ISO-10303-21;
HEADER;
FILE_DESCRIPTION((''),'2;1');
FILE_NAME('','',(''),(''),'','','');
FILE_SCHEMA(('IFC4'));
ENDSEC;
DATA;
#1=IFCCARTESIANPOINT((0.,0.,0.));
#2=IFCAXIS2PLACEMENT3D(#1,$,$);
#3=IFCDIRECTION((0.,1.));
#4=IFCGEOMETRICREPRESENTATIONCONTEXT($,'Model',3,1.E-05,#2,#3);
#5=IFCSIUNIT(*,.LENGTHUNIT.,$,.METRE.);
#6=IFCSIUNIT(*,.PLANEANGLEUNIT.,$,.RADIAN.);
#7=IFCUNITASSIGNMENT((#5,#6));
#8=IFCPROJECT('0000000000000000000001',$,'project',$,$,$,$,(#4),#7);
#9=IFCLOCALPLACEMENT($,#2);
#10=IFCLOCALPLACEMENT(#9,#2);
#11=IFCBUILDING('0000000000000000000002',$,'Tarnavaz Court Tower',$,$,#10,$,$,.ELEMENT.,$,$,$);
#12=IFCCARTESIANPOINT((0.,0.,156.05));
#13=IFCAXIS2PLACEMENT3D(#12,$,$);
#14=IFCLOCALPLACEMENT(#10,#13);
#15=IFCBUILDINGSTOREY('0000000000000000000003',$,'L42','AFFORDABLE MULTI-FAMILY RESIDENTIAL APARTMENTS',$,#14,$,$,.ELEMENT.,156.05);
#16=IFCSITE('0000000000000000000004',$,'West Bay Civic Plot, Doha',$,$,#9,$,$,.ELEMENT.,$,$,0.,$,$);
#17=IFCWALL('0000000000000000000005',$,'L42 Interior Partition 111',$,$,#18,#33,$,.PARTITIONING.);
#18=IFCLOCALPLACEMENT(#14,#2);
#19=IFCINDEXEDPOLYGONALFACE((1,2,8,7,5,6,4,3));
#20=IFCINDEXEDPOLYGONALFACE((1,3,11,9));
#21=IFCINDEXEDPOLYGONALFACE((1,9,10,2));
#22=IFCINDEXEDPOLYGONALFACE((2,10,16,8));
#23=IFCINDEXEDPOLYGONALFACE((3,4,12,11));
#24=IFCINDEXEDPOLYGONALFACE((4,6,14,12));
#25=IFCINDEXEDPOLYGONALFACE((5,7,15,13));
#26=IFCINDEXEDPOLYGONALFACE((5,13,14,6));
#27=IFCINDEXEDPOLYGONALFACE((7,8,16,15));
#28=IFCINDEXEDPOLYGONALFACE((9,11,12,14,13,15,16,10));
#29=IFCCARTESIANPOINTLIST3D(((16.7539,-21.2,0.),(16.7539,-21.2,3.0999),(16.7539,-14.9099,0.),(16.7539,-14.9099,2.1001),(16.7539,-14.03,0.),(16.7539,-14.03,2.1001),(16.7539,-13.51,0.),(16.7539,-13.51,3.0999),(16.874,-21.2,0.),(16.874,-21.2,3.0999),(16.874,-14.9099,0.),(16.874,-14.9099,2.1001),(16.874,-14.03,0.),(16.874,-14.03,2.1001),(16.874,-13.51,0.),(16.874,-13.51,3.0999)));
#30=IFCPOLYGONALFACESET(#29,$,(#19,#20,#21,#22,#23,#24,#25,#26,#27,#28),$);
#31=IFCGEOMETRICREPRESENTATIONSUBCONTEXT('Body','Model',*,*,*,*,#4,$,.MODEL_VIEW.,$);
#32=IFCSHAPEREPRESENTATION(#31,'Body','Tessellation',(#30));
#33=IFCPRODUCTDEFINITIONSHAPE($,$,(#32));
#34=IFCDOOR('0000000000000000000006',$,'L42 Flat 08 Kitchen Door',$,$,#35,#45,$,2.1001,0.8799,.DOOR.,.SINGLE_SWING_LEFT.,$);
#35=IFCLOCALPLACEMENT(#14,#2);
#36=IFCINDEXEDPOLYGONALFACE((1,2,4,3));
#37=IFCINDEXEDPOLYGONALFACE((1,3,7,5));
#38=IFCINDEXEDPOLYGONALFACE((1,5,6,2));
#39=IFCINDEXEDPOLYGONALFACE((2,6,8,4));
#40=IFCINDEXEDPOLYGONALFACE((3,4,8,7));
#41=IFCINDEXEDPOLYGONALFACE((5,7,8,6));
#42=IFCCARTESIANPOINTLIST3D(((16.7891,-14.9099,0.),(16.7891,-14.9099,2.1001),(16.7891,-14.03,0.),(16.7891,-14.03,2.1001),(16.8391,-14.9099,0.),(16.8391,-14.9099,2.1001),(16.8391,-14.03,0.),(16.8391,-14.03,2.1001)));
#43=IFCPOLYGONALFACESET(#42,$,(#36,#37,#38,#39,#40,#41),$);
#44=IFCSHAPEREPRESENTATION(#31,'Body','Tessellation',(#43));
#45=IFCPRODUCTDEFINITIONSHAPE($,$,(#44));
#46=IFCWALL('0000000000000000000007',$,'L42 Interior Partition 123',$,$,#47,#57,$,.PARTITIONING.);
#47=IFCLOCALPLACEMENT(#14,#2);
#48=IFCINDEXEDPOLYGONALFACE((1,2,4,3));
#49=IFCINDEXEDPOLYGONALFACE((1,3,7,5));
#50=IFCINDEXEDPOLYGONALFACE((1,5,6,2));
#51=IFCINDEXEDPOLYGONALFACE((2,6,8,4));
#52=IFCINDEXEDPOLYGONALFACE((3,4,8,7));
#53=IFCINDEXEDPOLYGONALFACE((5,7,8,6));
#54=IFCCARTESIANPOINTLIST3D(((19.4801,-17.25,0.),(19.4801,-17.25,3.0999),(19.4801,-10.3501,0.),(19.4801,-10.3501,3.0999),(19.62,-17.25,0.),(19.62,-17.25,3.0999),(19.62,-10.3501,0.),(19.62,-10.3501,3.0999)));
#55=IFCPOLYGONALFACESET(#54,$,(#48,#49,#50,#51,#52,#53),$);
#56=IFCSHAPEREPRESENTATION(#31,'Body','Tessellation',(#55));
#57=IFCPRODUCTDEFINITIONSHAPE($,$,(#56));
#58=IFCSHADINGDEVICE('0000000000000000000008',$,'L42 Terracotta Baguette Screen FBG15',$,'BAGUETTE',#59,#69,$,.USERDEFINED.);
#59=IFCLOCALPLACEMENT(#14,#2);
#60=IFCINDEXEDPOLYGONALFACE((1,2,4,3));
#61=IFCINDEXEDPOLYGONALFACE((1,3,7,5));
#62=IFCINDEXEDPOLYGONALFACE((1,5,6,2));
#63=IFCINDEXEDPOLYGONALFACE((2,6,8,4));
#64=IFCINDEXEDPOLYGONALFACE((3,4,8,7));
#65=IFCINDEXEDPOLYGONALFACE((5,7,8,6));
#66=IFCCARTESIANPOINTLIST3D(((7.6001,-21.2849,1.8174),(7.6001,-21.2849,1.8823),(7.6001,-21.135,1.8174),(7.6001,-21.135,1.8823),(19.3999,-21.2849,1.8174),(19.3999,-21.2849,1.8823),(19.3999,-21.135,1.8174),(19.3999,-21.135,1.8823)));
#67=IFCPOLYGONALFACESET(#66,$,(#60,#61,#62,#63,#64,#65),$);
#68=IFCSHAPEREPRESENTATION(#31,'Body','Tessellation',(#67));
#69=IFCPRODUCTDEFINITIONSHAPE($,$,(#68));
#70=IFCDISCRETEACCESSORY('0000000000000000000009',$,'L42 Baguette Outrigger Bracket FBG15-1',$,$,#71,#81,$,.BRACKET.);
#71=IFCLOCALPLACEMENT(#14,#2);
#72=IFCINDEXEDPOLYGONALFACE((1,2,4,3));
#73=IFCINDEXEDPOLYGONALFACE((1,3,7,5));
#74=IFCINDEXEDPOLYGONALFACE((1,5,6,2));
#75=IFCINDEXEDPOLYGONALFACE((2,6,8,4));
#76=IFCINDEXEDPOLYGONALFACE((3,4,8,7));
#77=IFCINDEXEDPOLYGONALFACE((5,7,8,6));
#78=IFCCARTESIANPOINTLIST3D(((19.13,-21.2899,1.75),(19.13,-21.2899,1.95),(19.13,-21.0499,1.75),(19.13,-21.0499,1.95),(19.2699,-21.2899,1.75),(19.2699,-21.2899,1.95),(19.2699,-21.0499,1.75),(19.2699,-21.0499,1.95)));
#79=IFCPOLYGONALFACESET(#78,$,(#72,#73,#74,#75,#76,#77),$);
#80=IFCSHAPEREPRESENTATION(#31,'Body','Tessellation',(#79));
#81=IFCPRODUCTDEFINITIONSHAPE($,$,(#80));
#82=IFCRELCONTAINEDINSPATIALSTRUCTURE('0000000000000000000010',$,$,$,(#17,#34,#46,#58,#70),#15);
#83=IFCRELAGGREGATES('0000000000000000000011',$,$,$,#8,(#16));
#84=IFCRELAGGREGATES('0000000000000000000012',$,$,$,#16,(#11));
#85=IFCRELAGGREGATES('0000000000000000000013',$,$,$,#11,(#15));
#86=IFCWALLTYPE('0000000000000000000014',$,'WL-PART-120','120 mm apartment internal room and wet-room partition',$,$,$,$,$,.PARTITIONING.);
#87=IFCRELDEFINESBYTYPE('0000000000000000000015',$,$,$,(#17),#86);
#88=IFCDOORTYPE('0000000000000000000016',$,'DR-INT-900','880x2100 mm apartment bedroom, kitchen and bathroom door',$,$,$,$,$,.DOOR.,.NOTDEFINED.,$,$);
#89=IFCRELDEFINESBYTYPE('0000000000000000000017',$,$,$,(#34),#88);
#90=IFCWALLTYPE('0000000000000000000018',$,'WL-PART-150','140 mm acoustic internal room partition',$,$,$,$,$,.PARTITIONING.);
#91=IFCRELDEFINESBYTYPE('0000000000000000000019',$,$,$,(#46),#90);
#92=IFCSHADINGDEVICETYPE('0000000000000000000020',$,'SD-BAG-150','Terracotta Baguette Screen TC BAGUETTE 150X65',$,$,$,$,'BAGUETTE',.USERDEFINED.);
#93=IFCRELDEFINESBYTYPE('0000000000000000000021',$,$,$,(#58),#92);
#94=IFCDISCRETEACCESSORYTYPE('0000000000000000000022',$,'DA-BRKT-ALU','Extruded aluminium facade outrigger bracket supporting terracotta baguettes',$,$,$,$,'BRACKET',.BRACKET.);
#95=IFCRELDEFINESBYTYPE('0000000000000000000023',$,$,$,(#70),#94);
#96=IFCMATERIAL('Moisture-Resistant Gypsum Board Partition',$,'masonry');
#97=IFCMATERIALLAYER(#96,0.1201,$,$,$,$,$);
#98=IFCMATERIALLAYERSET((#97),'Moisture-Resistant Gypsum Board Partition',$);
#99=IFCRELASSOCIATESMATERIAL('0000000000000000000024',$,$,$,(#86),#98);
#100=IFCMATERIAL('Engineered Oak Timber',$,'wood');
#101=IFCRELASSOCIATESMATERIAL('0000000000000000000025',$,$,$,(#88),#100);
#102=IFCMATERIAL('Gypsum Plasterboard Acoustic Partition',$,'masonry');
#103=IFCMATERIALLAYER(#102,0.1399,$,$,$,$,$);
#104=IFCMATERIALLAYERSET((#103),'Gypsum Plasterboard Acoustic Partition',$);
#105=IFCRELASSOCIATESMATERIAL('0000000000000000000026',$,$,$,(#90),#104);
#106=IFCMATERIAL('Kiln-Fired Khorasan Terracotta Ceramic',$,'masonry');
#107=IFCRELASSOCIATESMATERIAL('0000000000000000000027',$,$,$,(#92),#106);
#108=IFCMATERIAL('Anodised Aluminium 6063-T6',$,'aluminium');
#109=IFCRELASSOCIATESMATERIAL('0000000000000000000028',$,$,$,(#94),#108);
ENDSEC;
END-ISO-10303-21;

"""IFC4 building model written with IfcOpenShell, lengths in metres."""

from ifc_helpers import new_model, si_unit, direction, frame, frame_2d, origin, origin_2d, place, context, subcontext, project, spatial, rectangle, extrude, material, layer, layer_set, material_profile, profile_set, type_object, element, fill, save


model = new_model("IFC4")

# Units and contexts
model_context = context("Model", 3, precision=1e-05, world=origin(), true_north=direction((0.0, 1.0)))
body_context = subcontext(model_context, "Body", "Model", "MODEL_VIEW")
ifc_project = project(units=[si_unit("LENGTHUNIT", "METRE"), si_unit("PLANEANGLEUNIT", "RADIAN")], contexts=[model_context])

# Site, building, storey
site_placement = place(None, origin())
site = spatial("IfcSite", under=ifc_project, at=site_placement, Name="West Bay Civic Plot, Doha", CompositionType="ELEMENT", RefElevation=0.0)
building_placement = place(site_placement, origin())
building = spatial("IfcBuilding", under=site, at=building_placement, Name="Tarnavaz Court Tower", CompositionType="ELEMENT")
storey_placement = place(building_placement, frame((0.0, 0.0, 156.05)))
storey = spatial("IfcBuildingStorey", under=building, at=storey_placement, Name="L42", Description="AFFORDABLE MULTI-FAMILY RESIDENTIAL APARTMENTS", CompositionType="ELEMENT", Elevation=156.05)

# Wall, opening, door
ifc_material_1 = material(Name="Moisture-Resistant Gypsum Board Partition", Category="masonry")
ifc_layer_1 = layer(ifc_material_1, 0.1201)
ifc_layer_set_1 = layer_set([ifc_layer_1], Name="Moisture-Resistant Gypsum Board Partition")
wall_type_1 = type_object("IfcWallType", Name="WL-PART-120", Description="120 mm apartment internal room and wet-room partition", PredefinedType="PARTITIONING", material=ifc_layer_set_1)
ifc_material_2 = material(Name="Engineered Oak Timber", Category="wood")
door_type = type_object("IfcDoorType", Name="DR-INT-900", Description="880x2100 mm apartment bedroom, kitchen and bathroom door", OperationType="NOTDEFINED", PredefinedType="DOOR", material=ifc_material_2)
wall_1_placement = place(storey_placement, frame((16.814, -21.2, 0.0), z_axis=(0.0, 0.0, 1.0), x_axis=(0.0, 1.0, 0.0)))
wall_1 = element("IfcWall", 1, at=wall_1_placement, inside=storey, type_object=wall_type_1, Name="L42 Interior Partition 111", PredefinedType="PARTITIONING", context=body_context, shape_type="SweptSolid", body=[
    extrude(rectangle(XDim=7.6899, YDim=0.1201, at=frame_2d((3.845, 0.0))), origin(), (0.0, 0.0, 1.0), 3.0999),
])
opening_1_placement = place(wall_1_placement, frame((6.29, 0.0, 0.0)))
opening_1 = element("IfcOpeningElement", 2, at=opening_1_placement, cuts=wall_1, PredefinedType="OPENING", context=body_context, shape_type="SweptSolid", body=[
    extrude(rectangle(XDim=0.8799, YDim=2.1001, at=frame_2d((0.4399, 1.05))), frame((0.0, 0.0701, 0.0), z_axis=(0.0, -1.0, 0.0), x_axis=(1.0, 0.0, 0.0)), (0.0, 0.0, 1.0), 0.1401),
])
door_1_placement = place(opening_1_placement, origin())
door_1 = element("IfcDoor", 3, at=door_1_placement, inside=storey, type_object=door_type, Name="L42 Flat 08 Kitchen Door", OperationType="SINGLE_SWING_LEFT", OverallHeight=2.1001, OverallWidth=0.8799, PredefinedType="DOOR", context=body_context, shape_type="SweptSolid", body=[
    extrude(rectangle(XDim=0.8799, YDim=2.1001, at=frame_2d((0.4399, 1.05))), frame((0.0, 0.0249, 0.0), z_axis=(0.0, -1.0, 0.0), x_axis=(1.0, 0.0, 0.0)), (0.0, 0.0, 1.0), 0.05),
])
fill(opening_1, door_1)

# Wall
ifc_material_3 = material(Name="Gypsum Plasterboard Acoustic Partition", Category="masonry")
ifc_layer_2 = layer(ifc_material_3, 0.1399)
ifc_layer_set_2 = layer_set([ifc_layer_2], Name="Gypsum Plasterboard Acoustic Partition")
wall_type_2 = type_object("IfcWallType", Name="WL-PART-150", Description="140 mm acoustic internal room partition", PredefinedType="PARTITIONING", material=ifc_layer_set_2)
wall_2_placement = place(storey_placement, frame((19.55, -17.25, 0.0), z_axis=(0.0, 0.0, 1.0), x_axis=(0.0, 1.0, 0.0)))
element("IfcWall", 4, at=wall_2_placement, inside=storey, type_object=wall_type_2, Name="L42 Interior Partition 123", PredefinedType="PARTITIONING", context=body_context, shape_type="SweptSolid", body=[
    extrude(rectangle(XDim=6.8999, YDim=0.1399, at=frame_2d((3.45, 0.0))), origin(), (0.0, 0.0, 1.0), 3.0999),
])

# Shading device
ifc_material_4 = material(Name="Kiln-Fired Khorasan Terracotta Ceramic", Category="masonry")
ifc_material_profile_1 = material_profile(ifc_material_4, rectangle(XDim=0.1499, YDim=0.0649, at=origin_2d()), Name="TC BAGUETTE 150X65")
ifc_profile_set_1 = profile_set([ifc_material_profile_1], Name="Kiln-Fired Khorasan Terracotta Ceramic")
shading_device_type = type_object("IfcShadingDeviceType", Name="SD-BAG-150", Description="Terracotta Baguette Screen TC BAGUETTE 150X65", ElementType="BAGUETTE", PredefinedType="USERDEFINED", material=ifc_profile_set_1)
shading_device_placement = place(storey_placement, frame((19.3999, -21.21, 1.8499), z_axis=(-1.0, 0.0, 0.0), x_axis=(0.0, -1.0, 0.0)))
element("IfcShadingDevice", 5, at=shading_device_placement, inside=storey, type_object=shading_device_type, Name="L42 Terracotta Baguette Screen FBG15", ObjectType="BAGUETTE", PredefinedType="USERDEFINED", context=body_context, shape_type="SweptSolid", body=[
    extrude(rectangle(XDim=0.1499, YDim=0.0649, at=origin_2d()), origin(), (0.0, 0.0, 1.0), 11.7998),
])

# Discrete accessory
ifc_material_5 = material(Name="Anodised Aluminium 6063-T6", Category="aluminium")
discrete_accessory_type = type_object("IfcDiscreteAccessoryType", Name="DA-BRKT-ALU", Description="Extruded aluminium facade outrigger bracket supporting terracotta baguettes", ElementType="BRACKET", PredefinedType="BRACKET", material=ifc_material_5)
discrete_accessory_placement = place(storey_placement, frame((19.2, -21.1699, 1.75), z_axis=(0.0, 0.0, 1.0), x_axis=(-1.0, 0.0, 0.0)))
element("IfcDiscreteAccessory", 6, at=discrete_accessory_placement, inside=storey, type_object=discrete_accessory_type, Name="L42 Baguette Outrigger Bracket FBG15-1", PredefinedType="BRACKET", context=body_context, shape_type="SweptSolid", body=[
    extrude(rectangle(XDim=0.1399, YDim=0.24, at=origin_2d()), origin(), (0.0, 0.0, 1.0), 0.2),
])

save(model, "model.ifc")
